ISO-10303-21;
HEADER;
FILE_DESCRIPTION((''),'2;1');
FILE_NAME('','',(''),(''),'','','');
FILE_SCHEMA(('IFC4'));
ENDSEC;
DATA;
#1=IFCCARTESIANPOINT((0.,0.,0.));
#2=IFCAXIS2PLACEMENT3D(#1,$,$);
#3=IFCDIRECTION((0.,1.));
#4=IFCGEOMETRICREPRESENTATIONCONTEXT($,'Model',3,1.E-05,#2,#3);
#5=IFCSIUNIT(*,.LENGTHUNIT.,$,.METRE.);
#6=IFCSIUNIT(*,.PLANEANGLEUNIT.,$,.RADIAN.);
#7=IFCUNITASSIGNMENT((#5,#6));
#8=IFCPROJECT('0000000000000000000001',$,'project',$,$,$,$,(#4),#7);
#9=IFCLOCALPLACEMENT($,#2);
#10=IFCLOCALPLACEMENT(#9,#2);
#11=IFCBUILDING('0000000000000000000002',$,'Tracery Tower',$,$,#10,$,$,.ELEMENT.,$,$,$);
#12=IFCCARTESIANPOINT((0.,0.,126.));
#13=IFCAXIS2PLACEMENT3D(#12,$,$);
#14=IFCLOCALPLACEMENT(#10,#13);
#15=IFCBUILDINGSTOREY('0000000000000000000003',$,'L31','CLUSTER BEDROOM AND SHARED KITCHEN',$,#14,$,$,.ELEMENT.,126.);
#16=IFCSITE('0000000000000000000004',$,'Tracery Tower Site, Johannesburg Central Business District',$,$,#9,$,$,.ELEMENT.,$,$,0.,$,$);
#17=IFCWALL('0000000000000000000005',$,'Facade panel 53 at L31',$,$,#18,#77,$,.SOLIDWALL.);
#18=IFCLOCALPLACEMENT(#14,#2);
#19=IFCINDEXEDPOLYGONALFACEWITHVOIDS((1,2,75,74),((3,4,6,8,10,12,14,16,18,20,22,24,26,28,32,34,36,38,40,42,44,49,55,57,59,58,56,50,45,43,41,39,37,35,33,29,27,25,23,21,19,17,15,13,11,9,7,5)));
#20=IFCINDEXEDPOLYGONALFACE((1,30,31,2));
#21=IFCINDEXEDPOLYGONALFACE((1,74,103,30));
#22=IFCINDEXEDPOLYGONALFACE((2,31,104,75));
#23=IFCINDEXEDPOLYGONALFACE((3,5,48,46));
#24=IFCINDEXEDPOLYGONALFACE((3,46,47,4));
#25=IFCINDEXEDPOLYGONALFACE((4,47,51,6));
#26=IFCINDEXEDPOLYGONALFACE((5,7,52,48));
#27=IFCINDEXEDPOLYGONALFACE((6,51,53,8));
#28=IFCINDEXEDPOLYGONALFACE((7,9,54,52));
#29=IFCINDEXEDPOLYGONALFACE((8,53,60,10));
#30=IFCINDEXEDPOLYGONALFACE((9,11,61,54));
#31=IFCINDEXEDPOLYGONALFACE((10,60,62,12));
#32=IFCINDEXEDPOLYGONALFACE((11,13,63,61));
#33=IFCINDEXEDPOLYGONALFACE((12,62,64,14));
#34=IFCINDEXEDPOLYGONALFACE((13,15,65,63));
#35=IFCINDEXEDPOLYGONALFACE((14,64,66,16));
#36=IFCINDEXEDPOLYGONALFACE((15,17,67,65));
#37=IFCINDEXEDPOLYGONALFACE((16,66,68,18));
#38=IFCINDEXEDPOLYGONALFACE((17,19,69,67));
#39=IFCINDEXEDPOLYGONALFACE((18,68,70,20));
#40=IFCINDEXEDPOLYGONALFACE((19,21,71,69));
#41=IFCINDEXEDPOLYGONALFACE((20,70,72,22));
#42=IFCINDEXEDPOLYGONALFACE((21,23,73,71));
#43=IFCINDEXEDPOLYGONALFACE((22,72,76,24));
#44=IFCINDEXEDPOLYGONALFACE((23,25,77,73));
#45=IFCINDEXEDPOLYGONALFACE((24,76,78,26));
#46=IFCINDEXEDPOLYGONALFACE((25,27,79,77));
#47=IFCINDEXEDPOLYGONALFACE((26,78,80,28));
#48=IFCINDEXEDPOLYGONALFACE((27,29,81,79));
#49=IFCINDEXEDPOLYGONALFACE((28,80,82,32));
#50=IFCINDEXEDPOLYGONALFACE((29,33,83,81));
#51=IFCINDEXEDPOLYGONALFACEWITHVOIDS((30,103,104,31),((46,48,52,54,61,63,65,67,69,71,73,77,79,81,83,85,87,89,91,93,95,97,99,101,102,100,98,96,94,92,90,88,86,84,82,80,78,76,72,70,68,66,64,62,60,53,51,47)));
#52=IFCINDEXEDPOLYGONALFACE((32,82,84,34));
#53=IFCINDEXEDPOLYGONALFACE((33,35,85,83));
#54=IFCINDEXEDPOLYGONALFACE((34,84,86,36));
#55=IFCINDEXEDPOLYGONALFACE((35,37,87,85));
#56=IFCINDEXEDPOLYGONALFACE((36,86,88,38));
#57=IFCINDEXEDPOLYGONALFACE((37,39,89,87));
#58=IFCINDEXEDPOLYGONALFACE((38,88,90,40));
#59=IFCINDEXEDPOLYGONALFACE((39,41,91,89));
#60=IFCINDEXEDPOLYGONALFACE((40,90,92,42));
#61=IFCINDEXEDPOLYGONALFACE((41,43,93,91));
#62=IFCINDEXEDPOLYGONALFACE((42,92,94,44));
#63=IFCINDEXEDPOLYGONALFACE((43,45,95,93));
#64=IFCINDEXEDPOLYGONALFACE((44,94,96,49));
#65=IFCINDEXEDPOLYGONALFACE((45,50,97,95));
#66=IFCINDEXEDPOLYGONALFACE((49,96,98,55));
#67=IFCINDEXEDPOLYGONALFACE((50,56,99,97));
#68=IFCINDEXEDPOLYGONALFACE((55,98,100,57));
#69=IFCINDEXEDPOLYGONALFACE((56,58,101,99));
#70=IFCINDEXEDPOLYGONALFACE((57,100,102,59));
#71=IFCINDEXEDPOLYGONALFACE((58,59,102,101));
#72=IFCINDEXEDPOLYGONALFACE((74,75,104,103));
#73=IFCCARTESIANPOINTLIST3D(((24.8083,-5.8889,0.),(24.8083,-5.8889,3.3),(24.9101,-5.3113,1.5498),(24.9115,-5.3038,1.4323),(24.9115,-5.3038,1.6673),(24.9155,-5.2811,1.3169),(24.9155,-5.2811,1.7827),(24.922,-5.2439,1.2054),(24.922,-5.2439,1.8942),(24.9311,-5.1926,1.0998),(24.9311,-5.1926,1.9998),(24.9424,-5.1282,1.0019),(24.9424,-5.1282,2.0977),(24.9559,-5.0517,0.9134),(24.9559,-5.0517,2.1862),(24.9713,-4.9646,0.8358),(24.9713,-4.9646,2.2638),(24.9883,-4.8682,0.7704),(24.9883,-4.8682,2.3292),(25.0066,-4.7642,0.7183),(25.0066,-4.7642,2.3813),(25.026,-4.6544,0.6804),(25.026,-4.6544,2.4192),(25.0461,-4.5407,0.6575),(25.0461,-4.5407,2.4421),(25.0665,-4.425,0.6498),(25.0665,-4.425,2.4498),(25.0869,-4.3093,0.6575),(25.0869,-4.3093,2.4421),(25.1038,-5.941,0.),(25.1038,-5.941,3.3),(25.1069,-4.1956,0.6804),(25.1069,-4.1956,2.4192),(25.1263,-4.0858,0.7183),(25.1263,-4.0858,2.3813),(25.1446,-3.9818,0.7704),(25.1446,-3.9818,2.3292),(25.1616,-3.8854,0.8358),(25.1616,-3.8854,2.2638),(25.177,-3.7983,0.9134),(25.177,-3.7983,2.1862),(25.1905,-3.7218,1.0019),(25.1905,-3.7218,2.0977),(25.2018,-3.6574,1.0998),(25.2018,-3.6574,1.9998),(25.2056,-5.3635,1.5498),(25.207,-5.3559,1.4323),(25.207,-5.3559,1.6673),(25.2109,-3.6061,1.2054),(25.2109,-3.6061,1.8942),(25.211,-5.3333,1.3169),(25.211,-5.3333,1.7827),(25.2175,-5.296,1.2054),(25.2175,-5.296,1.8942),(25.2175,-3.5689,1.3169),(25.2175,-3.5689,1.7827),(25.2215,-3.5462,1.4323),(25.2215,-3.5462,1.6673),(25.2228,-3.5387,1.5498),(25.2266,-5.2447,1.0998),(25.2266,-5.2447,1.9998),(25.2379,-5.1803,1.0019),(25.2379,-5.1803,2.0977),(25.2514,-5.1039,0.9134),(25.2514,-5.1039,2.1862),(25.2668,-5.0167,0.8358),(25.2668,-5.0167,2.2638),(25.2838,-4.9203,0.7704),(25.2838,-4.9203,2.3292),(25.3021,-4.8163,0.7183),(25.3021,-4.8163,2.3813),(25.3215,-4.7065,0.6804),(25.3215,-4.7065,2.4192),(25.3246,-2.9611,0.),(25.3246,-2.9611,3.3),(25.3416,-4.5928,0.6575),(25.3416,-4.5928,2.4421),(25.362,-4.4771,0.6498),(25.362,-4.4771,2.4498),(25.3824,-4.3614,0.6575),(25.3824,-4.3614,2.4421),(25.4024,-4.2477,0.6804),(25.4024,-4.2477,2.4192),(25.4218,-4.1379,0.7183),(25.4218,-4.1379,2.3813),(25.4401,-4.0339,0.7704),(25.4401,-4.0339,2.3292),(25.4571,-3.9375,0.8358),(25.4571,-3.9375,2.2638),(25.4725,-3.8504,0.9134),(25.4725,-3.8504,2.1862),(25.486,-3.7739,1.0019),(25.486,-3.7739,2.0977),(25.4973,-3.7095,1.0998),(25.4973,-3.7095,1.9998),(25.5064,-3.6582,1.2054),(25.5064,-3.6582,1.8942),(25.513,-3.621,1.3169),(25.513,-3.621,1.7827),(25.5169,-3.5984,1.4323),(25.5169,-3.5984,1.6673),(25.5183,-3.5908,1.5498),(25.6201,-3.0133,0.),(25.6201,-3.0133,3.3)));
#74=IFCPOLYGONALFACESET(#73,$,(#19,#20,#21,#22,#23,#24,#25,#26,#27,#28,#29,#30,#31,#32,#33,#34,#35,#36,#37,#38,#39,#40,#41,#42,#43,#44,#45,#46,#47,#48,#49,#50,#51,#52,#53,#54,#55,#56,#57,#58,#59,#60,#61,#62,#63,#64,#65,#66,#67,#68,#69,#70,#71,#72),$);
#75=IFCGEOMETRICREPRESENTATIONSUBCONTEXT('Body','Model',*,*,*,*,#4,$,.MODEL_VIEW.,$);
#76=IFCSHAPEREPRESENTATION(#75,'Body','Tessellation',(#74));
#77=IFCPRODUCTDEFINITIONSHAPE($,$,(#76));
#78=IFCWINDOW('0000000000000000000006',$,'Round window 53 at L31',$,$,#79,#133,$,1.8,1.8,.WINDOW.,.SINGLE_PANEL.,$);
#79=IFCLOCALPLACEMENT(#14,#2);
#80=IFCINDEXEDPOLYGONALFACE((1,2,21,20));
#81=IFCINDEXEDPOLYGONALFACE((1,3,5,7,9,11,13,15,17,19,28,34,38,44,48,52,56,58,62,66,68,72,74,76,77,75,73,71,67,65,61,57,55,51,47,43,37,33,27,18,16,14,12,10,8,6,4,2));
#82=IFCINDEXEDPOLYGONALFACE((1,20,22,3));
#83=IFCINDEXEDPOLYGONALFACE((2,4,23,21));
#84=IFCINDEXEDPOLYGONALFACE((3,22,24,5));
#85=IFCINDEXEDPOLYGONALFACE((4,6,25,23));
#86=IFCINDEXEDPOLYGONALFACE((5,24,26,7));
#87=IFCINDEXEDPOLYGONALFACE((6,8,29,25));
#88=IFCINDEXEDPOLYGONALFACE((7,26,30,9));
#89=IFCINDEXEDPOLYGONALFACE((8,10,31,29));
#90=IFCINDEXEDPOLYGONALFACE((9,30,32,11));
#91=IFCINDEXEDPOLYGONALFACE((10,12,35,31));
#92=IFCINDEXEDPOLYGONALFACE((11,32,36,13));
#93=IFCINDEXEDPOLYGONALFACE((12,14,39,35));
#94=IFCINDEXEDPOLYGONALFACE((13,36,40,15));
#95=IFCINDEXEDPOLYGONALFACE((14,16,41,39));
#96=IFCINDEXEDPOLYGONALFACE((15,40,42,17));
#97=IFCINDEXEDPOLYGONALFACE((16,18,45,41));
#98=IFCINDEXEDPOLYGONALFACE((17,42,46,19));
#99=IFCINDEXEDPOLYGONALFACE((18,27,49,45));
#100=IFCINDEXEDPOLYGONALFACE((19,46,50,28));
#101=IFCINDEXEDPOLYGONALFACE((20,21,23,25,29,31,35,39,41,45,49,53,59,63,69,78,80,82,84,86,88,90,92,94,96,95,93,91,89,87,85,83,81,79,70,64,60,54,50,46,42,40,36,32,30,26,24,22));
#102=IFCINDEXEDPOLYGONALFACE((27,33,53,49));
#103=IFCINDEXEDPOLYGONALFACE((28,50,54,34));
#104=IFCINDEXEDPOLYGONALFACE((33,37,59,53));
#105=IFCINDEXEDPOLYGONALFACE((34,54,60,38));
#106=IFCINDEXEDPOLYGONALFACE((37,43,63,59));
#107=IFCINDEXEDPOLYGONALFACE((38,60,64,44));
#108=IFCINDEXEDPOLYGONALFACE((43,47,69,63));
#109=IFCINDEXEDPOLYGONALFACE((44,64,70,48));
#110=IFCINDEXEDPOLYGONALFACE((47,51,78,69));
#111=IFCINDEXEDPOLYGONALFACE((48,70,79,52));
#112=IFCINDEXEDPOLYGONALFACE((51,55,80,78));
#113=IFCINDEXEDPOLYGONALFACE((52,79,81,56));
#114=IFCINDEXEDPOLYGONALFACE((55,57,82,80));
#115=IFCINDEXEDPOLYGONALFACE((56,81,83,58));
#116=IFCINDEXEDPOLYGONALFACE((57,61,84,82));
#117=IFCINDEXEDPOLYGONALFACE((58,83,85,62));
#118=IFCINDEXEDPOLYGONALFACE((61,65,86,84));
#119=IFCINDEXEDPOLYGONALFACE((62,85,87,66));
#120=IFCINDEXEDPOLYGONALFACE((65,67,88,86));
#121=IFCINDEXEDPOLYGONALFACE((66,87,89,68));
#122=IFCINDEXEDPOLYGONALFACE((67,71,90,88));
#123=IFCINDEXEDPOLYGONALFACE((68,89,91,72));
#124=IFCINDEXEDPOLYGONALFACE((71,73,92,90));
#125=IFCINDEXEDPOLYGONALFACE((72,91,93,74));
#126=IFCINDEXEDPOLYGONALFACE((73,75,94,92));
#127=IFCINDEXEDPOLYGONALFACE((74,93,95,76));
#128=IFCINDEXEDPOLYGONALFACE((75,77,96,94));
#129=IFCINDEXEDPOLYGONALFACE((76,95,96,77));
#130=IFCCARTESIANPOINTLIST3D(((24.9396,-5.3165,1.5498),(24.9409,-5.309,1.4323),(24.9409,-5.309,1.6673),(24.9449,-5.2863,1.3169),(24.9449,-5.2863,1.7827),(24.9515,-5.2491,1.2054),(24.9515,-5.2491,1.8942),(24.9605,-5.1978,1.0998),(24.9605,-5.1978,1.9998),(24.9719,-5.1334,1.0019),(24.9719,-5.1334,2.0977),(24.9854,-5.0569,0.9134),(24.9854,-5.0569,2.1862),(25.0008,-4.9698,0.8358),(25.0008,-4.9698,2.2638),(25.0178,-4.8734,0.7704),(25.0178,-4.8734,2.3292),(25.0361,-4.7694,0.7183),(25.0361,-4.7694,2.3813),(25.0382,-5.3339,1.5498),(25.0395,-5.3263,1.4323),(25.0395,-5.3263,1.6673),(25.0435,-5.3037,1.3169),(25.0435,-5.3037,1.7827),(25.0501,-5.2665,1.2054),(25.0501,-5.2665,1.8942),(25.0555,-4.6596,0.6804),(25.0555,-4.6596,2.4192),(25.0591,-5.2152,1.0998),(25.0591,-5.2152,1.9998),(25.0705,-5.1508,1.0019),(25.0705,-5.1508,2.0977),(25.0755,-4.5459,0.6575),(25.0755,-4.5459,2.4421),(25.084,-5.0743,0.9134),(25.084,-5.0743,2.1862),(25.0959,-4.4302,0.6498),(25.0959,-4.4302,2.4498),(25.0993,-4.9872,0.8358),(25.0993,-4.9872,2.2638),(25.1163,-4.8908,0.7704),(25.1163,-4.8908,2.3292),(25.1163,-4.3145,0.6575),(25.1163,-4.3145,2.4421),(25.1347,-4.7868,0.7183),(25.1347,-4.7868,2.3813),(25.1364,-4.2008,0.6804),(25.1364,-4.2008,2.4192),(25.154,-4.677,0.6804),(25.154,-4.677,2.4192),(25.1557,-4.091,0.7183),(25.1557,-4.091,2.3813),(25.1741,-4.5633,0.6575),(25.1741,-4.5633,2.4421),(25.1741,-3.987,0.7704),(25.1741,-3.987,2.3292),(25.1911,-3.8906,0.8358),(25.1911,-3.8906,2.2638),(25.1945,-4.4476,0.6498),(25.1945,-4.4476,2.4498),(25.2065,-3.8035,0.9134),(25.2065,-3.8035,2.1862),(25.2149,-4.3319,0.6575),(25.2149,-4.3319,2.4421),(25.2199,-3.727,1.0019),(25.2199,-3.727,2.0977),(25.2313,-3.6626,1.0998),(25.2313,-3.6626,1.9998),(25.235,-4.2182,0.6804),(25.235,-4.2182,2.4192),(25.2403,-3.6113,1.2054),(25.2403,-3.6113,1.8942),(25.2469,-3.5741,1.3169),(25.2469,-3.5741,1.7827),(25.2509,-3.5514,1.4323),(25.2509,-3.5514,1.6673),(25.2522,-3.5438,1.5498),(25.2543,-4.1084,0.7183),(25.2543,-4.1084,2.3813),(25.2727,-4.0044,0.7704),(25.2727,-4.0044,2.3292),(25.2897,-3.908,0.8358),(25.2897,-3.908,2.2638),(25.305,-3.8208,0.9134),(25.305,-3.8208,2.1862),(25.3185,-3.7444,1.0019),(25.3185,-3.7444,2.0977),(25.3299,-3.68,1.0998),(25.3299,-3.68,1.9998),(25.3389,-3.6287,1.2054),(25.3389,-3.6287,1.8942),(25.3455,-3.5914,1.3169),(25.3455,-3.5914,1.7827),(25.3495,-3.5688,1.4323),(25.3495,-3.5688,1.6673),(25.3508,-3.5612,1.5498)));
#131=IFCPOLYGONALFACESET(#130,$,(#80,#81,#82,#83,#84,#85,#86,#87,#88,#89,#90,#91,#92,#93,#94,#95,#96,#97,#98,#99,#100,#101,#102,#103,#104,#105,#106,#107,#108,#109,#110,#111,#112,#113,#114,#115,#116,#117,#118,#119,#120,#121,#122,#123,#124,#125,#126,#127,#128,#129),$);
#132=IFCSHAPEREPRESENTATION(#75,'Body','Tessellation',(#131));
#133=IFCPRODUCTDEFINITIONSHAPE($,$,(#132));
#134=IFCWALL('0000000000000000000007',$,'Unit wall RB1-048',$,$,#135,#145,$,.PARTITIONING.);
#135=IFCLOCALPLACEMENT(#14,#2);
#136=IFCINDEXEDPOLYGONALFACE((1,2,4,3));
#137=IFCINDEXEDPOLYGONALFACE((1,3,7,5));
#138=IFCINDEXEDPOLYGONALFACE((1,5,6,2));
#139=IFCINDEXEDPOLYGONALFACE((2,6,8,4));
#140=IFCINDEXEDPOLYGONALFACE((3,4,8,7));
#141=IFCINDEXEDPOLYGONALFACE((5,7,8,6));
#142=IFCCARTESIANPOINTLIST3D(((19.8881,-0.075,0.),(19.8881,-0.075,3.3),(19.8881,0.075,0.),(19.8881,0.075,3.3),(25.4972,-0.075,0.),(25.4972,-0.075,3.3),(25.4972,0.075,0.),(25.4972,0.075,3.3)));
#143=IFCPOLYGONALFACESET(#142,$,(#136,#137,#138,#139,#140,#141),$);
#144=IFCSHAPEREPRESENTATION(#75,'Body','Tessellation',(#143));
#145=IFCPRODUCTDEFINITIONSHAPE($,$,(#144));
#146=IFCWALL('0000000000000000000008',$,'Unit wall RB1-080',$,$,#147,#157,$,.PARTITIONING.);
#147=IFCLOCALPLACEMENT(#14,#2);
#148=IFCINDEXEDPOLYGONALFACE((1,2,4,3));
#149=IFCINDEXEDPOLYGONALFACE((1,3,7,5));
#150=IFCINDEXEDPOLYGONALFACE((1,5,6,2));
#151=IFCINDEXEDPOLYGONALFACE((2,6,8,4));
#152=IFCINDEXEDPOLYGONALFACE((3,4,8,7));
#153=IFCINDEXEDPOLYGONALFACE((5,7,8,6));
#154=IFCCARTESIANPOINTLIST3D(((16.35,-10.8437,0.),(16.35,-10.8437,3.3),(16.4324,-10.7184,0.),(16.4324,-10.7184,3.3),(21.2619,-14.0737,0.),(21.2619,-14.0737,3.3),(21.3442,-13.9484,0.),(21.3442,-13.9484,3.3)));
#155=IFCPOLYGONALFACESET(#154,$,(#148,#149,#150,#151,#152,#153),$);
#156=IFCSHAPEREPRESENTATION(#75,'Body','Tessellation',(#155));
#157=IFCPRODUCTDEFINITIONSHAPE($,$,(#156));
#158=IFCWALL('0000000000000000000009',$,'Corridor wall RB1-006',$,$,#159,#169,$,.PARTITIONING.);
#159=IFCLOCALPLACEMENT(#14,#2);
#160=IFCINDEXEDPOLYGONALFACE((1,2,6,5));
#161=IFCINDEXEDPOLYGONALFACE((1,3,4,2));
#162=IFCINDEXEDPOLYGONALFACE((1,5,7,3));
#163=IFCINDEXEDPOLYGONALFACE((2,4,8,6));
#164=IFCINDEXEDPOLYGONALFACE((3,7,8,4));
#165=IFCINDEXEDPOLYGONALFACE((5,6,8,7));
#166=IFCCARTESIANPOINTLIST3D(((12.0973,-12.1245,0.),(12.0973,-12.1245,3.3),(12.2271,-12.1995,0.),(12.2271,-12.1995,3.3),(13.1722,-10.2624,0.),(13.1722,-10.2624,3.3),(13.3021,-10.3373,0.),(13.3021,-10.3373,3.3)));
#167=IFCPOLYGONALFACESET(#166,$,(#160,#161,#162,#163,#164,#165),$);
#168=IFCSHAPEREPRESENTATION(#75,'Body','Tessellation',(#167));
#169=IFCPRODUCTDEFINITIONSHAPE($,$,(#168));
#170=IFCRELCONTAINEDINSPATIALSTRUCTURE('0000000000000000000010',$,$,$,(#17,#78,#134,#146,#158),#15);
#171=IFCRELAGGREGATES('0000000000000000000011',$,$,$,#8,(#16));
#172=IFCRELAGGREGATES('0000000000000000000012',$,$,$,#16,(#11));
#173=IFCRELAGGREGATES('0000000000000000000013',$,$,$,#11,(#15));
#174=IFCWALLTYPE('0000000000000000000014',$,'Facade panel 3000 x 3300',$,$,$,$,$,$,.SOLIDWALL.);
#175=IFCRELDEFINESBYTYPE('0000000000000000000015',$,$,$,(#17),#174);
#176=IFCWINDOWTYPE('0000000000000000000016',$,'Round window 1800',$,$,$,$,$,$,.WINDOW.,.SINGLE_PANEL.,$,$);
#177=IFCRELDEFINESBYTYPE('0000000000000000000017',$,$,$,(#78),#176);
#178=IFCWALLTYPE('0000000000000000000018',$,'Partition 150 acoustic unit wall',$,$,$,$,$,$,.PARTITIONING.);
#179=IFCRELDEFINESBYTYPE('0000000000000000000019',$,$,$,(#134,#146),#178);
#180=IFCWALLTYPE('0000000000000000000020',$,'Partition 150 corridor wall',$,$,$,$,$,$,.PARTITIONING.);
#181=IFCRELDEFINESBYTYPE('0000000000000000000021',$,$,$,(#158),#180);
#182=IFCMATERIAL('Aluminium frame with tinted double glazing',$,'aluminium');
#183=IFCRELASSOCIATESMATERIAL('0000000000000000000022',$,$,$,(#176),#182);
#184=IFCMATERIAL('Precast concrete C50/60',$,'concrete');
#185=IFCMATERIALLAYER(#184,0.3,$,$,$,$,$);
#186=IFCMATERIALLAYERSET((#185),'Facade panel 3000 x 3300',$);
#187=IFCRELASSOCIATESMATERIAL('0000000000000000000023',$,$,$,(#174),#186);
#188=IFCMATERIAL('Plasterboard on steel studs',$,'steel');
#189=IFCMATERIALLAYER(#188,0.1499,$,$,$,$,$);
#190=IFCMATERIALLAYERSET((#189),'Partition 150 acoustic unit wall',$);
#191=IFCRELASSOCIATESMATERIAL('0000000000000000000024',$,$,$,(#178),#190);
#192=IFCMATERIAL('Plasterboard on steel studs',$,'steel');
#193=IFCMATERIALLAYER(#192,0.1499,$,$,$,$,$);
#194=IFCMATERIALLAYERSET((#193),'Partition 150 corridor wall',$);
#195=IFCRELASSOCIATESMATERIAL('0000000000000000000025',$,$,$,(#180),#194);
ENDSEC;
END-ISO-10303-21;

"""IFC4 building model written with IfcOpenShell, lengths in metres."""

from ifc_helpers import new_model, si_unit, direction, frame, frame_2d, origin, origin_2d, place, context, subcontext, project, spatial, rectangle, circle, extrude, material, layer, layer_set, type_object, element, fill, save


model = new_model("IFC4")

# Units and contexts
model_context = context("Model", 3, precision=1e-05, world=origin(), true_north=direction((0.0, 1.0)))
body_context = subcontext(model_context, "Body", "Model", "MODEL_VIEW")
ifc_project = project(units=[si_unit("LENGTHUNIT", "METRE"), si_unit("PLANEANGLEUNIT", "RADIAN")], contexts=[model_context])

# Site, building, storey
site_placement = place(None, origin())
site = spatial("IfcSite", under=ifc_project, at=site_placement, Name="Tracery Tower Site, Johannesburg Central Business District", CompositionType="ELEMENT", RefElevation=0.0)
building_placement = place(site_placement, origin())
building = spatial("IfcBuilding", under=site, at=building_placement, Name="Tracery Tower", CompositionType="ELEMENT")
storey_placement = place(building_placement, frame((0.0, 0.0, 126.0)))
storey = spatial("IfcBuildingStorey", under=building, at=storey_placement, Name="L31", Description="CLUSTER BEDROOM AND SHARED KITCHEN", CompositionType="ELEMENT", Elevation=126.0)

# Wall, opening, window
ifc_material_1 = material(Name="Aluminium frame with tinted double glazing", Category="aluminium")
window_type = type_object("IfcWindowType", Name="Round window 1800", PartitioningType="SINGLE_PANEL", PredefinedType="WINDOW", material=ifc_material_1)
ifc_material_2 = material(Name="Precast concrete C50/60", Category="concrete")
ifc_layer_1 = layer(ifc_material_2, 0.3)
ifc_layer_set_1 = layer_set([ifc_layer_1], Name="Facade panel 3000 x 3300")
wall_type_1 = type_object("IfcWallType", Name="Facade panel 3000 x 3300", PredefinedType="SOLIDWALL", material=ifc_layer_set_1)
wall_1_placement = place(storey_placement, frame((24.9561, -5.9148, 0.0), z_axis=(0.0, 0.0, 1.0), x_axis=(0.173687, 0.984801, 0.0)))
wall_1 = element("IfcWall", 1, at=wall_1_placement, inside=storey, type_object=wall_type_1, Name="Facade panel 53 at L31", PredefinedType="SOLIDWALL", context=body_context, shape_type="SweptSolid", body=[
    extrude(rectangle(XDim=2.9729, YDim=0.3, at=frame_2d((1.4863, 0.0))), origin(), (0.0, 0.0, 1.0), 3.3),
])
opening_1_placement = place(wall_1_placement, frame((1.4863, 0.0, 1.5498)))
opening_1 = element("IfcOpeningElement", 2, at=opening_1_placement, cuts=wall_1, PredefinedType="OPENING", context=body_context, shape_type="SweptSolid", body=[
    extrude(circle(Radius=0.9, at=origin_2d()), frame((0.0, 0.1599, 0.0), z_axis=(0.0, -1.0, 0.0), x_axis=(1.0, 0.0, 0.0)), (0.0, 0.0, 1.0), 0.3201),
])
window_1_placement = place(opening_1_placement, origin())
window_1 = element("IfcWindow", 3, at=window_1_placement, inside=storey, type_object=window_type, Name="Round window 53 at L31", OverallHeight=1.8, OverallWidth=1.8, PartitioningType="SINGLE_PANEL", PredefinedType="WINDOW", context=body_context, shape_type="SweptSolid", body=[
    extrude(circle(Radius=0.9, at=origin_2d()), frame((0.0, 0.1201, 0.0), z_axis=(0.0, -1.0, 0.0), x_axis=(1.0, 0.0, 0.0)), (0.0, 0.0, 1.0), 0.1001),
])
fill(opening_1, window_1)

# Walls
ifc_material_3 = material(Name="Plasterboard on steel studs", Category="steel")
ifc_layer_2 = layer(ifc_material_3, 0.1499)
ifc_layer_set_2 = layer_set([ifc_layer_2], Name="Partition 150 acoustic unit wall")
wall_type_2 = type_object("IfcWallType", Name="Partition 150 acoustic unit wall", PredefinedType="PARTITIONING", material=ifc_layer_set_2)
wall_2_placement = place(storey_placement, frame((19.8879, 0.0, 0.0), z_axis=(0.0, 0.0, 1.0), x_axis=(1.0, 0.0, 0.0)))
element("IfcWall", 4, at=wall_2_placement, inside=storey, type_object=wall_type_2, Name="Unit wall RB1-048", PredefinedType="PARTITIONING", context=body_context, shape_type="SweptSolid", body=[
    extrude(rectangle(XDim=5.6091, YDim=0.1499, at=frame_2d((2.8047, 0.0))), origin(), (0.0, 0.0, 1.0), 3.3),
])
wall_3_placement = place(storey_placement, frame((16.3911, -10.781, 0.0), z_axis=(0.0, 0.0, 1.0), x_axis=(0.835535, -0.549437, 0.0)))
element("IfcWall", 5, at=wall_3_placement, inside=storey, type_object=wall_type_2, Name="Unit wall RB1-080", PredefinedType="PARTITIONING", context=body_context, shape_type="SweptSolid", body=[
    extrude(rectangle(XDim=5.8787, YDim=0.1499, at=frame_2d((2.9395, 0.0))), origin(), (0.0, 0.0, 1.0), 3.3),
])
ifc_material_4 = material(Name="Plasterboard on steel studs", Category="steel")
ifc_layer_3 = layer(ifc_material_4, 0.1499)
ifc_layer_set_3 = layer_set([ifc_layer_3], Name="Partition 150 corridor wall")
wall_type_3 = type_object("IfcWallType", Name="Partition 150 corridor wall", PredefinedType="PARTITIONING", material=ifc_layer_set_3)
wall_4_placement = place(storey_placement, frame((12.1621, -12.1621, 0.0), z_axis=(0.0, 0.0, 1.0), x_axis=(0.499962, 0.866048, 0.0)))
element("IfcWall", 6, at=wall_4_placement, inside=storey, type_object=wall_type_3, Name="Corridor wall RB1-006", PredefinedType="PARTITIONING", context=body_context, shape_type="SweptSolid", body=[
    extrude(rectangle(XDim=2.1501, YDim=0.1499, at=frame_2d((1.0752, 0.0))), origin(), (0.0, 0.0, 1.0), 3.3),
])

save(model, "model.ifc")
